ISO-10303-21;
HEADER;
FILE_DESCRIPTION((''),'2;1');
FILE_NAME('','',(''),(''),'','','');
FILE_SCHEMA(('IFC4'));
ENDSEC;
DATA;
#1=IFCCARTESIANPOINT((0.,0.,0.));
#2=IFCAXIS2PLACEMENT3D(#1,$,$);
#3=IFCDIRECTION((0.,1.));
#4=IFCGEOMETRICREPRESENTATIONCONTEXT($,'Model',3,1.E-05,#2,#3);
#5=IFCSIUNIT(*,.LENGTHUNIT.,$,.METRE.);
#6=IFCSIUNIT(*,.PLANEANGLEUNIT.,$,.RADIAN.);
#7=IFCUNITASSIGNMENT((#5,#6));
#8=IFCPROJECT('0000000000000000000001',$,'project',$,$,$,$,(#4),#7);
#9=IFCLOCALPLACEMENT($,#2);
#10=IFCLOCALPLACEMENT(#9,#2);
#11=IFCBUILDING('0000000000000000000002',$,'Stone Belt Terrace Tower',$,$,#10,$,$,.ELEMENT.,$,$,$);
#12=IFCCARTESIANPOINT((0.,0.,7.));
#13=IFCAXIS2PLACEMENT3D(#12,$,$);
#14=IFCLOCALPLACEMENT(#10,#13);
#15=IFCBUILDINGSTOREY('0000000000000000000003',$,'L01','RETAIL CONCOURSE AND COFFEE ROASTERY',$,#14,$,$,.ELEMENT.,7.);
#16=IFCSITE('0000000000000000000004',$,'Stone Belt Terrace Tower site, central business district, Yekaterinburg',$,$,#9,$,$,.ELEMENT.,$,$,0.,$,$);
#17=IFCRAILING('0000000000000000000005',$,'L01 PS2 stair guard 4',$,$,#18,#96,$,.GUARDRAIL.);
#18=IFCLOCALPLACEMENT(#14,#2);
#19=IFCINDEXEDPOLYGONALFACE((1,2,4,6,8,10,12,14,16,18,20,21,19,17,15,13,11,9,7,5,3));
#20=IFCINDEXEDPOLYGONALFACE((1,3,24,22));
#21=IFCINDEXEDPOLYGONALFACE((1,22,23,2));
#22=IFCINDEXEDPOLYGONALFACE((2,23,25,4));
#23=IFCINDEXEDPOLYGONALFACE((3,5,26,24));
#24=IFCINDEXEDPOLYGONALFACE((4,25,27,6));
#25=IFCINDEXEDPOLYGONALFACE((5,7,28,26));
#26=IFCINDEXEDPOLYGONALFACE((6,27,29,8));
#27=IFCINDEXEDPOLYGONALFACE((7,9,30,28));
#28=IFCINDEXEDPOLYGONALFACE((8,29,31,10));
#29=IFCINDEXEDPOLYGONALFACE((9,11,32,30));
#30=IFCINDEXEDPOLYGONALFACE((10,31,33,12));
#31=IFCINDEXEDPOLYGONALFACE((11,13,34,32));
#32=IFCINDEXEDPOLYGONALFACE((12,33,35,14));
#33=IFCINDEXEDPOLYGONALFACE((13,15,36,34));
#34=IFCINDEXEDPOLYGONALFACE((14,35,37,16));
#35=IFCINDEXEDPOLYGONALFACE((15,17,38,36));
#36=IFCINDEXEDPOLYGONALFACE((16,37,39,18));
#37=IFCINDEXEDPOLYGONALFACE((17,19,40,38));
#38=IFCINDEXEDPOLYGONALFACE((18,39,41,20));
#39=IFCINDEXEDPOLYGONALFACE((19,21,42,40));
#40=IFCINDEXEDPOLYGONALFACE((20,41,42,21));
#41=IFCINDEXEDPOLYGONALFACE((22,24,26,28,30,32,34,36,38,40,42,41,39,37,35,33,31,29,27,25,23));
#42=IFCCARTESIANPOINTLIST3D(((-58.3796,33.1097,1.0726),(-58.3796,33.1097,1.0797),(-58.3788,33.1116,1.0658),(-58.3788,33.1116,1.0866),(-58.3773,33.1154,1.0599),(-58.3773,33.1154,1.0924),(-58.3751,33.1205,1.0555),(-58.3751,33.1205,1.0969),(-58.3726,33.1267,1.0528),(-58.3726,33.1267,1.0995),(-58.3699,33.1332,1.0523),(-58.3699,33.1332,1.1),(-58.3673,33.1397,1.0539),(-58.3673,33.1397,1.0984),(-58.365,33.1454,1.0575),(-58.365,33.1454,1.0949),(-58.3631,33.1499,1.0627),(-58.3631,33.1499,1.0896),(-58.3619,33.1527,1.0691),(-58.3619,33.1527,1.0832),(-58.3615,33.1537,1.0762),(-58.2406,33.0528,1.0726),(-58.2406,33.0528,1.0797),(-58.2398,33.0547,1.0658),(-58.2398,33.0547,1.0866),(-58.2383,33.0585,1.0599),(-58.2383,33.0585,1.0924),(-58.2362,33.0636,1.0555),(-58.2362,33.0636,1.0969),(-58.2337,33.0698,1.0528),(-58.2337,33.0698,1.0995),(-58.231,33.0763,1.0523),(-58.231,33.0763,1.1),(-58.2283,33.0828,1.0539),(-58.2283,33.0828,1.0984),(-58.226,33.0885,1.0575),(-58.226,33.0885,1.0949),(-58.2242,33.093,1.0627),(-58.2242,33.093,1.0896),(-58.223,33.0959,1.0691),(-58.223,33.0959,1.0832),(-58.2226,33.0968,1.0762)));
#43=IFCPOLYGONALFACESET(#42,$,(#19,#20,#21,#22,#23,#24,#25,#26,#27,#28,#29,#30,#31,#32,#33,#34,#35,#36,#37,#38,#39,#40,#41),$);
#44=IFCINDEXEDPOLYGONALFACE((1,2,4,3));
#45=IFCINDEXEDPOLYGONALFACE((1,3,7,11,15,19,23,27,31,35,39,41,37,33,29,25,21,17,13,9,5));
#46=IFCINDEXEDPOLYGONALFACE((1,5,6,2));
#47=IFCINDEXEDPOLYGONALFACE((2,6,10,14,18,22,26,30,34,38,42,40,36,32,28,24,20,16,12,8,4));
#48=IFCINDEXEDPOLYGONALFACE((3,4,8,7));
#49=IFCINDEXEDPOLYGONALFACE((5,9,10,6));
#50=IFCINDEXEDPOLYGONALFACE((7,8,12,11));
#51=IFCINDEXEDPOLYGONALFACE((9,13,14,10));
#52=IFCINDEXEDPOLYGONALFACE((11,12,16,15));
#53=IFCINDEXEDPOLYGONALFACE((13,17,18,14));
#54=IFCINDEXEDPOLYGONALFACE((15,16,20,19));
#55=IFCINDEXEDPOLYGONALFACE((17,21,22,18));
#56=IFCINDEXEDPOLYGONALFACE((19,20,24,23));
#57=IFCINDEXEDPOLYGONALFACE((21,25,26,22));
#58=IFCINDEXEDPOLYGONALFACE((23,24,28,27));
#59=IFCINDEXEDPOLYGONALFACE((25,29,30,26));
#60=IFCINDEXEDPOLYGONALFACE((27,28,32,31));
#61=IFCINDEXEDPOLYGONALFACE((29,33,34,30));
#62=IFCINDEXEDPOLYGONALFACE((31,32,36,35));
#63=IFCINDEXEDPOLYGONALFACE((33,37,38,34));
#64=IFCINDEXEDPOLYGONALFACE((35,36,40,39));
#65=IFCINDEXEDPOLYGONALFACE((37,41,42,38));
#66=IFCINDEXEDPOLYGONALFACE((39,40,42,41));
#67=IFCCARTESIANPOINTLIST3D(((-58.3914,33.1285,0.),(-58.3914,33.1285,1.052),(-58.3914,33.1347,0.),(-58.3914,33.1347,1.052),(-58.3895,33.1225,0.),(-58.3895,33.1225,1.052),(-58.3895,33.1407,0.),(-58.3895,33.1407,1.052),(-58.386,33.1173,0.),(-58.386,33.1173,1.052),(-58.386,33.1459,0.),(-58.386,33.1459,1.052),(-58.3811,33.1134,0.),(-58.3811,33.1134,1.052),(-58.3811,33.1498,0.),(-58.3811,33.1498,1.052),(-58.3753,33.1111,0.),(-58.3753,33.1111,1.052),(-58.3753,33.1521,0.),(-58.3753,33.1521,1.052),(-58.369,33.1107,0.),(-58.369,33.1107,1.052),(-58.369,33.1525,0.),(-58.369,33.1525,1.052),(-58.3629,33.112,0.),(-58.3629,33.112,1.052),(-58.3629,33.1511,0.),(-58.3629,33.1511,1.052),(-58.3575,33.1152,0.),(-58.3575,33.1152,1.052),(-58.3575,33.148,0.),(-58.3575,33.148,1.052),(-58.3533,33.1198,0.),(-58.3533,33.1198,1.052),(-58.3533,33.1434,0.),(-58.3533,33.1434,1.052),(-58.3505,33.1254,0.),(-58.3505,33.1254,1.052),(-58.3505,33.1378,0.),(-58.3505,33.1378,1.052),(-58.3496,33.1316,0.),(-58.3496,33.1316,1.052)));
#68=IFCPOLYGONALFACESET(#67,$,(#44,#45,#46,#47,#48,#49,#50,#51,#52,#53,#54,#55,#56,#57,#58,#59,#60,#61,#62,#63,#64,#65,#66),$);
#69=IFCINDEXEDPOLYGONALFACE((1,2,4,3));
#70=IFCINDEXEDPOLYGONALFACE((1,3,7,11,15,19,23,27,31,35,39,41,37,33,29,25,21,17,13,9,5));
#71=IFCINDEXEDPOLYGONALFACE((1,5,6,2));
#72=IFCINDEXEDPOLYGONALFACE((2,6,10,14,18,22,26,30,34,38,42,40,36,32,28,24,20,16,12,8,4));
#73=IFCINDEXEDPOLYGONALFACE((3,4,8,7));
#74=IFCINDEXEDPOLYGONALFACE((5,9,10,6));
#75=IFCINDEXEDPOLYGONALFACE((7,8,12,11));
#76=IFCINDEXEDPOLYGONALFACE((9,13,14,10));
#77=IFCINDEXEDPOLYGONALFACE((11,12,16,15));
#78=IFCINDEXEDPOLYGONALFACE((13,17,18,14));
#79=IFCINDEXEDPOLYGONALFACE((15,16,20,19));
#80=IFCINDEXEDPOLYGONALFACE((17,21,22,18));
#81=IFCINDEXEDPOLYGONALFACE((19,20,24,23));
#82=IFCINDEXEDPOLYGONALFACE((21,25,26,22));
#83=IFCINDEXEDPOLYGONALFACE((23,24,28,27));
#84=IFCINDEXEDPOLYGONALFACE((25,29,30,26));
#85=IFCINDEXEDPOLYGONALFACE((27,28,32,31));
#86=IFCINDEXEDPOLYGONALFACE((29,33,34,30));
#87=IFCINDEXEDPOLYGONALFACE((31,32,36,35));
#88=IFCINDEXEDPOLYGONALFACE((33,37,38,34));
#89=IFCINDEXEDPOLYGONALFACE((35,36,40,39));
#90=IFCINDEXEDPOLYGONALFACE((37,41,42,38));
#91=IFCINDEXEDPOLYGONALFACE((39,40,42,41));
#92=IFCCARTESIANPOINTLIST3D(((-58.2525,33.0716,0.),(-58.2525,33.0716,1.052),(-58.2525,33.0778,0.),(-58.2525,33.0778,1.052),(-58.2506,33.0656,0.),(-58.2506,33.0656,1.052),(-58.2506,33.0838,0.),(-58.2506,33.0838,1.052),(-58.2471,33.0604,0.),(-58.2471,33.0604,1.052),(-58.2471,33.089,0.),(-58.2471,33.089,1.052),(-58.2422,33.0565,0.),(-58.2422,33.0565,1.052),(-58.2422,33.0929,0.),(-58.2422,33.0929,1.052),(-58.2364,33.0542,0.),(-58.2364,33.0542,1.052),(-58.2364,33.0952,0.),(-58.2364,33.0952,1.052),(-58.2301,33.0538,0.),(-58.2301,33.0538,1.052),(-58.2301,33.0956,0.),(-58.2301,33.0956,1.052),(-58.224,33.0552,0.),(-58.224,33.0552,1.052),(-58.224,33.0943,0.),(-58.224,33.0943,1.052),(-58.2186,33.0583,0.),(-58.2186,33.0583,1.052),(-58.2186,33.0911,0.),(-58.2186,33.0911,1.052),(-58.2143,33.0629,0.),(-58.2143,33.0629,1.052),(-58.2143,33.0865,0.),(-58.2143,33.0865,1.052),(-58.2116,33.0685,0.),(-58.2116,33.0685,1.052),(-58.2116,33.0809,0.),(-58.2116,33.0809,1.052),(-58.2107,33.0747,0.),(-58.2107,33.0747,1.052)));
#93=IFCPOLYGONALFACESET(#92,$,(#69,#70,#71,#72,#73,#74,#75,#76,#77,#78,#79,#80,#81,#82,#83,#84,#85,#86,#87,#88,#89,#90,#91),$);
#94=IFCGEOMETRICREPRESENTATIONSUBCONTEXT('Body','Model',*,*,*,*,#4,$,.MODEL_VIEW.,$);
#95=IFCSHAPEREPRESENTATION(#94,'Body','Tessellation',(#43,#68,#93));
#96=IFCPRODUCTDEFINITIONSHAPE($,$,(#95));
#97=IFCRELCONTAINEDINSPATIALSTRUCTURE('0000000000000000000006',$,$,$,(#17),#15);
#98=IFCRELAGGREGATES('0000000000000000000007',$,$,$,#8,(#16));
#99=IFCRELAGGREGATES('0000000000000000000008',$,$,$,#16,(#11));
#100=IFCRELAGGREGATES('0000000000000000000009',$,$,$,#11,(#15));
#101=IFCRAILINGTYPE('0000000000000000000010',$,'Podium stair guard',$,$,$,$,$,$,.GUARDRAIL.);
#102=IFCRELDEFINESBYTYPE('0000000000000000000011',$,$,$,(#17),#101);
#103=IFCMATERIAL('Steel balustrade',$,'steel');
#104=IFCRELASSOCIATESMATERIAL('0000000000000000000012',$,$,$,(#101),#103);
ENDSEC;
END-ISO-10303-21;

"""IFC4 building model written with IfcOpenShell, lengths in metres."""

from ifc_helpers import new_model, si_unit, direction, frame, origin, origin_2d, place, context, subcontext, project, spatial, circle, extrude, material, type_object, element, save


model = new_model("IFC4")

# Units and contexts
model_context = context("Model", 3, precision=1e-05, world=origin(), true_north=direction((0.0, 1.0)))
body_context = subcontext(model_context, "Body", "Model", "MODEL_VIEW")
ifc_project = project(units=[si_unit("LENGTHUNIT", "METRE"), si_unit("PLANEANGLEUNIT", "RADIAN")], contexts=[model_context])

# Site, building, storey
site_placement = place(None, origin())
site = spatial("IfcSite", under=ifc_project, at=site_placement, Name="Stone Belt Terrace Tower site, central business district, Yekaterinburg", CompositionType="ELEMENT", RefElevation=0.0)
building_placement = place(site_placement, origin())
building = spatial("IfcBuilding", under=site, at=building_placement, Name="Stone Belt Terrace Tower", CompositionType="ELEMENT")
storey_placement = place(building_placement, frame((0.0, 0.0, 7.0)))
storey = spatial("IfcBuildingStorey", under=building, at=storey_placement, Name="L01", Description="RETAIL CONCOURSE AND COFFEE ROASTERY", CompositionType="ELEMENT", Elevation=7.0)

# Railing
ifc_material_1 = material(Name="Steel balustrade", Category="steel")
railing_type_1 = type_object("IfcRailingType", Name="Podium stair guard", PredefinedType="GUARDRAIL", material=ifc_material_1)
railing_1_placement = place(storey_placement, frame((-58.3706, 33.1316, 0.0)))
element("IfcRailing", 1, at=railing_1_placement, inside=storey, type_object=railing_type_1, Name="L01 PS2 stair guard 4", PredefinedType="GUARDRAIL", context=body_context, shape_type="SweptSolid", body=[
    extrude(circle(Radius=0.0239, at=origin_2d()), frame((0.0, 0.0, 1.0762), z_axis=(0.925417, -0.378949, 0.0), x_axis=(0.378949, 0.925417, 0.0)), (0.0, 0.0, 1.0), 0.1501),
    extrude(circle(Radius=0.021, at=origin_2d()), origin(), (0.0, 0.0, 1.0), 1.052),
    extrude(circle(Radius=0.021, at=origin_2d()), frame((0.1389, -0.0569, 0.0)), (0.0, 0.0, 1.0), 1.052),
])

save(model, "model.ifc")
